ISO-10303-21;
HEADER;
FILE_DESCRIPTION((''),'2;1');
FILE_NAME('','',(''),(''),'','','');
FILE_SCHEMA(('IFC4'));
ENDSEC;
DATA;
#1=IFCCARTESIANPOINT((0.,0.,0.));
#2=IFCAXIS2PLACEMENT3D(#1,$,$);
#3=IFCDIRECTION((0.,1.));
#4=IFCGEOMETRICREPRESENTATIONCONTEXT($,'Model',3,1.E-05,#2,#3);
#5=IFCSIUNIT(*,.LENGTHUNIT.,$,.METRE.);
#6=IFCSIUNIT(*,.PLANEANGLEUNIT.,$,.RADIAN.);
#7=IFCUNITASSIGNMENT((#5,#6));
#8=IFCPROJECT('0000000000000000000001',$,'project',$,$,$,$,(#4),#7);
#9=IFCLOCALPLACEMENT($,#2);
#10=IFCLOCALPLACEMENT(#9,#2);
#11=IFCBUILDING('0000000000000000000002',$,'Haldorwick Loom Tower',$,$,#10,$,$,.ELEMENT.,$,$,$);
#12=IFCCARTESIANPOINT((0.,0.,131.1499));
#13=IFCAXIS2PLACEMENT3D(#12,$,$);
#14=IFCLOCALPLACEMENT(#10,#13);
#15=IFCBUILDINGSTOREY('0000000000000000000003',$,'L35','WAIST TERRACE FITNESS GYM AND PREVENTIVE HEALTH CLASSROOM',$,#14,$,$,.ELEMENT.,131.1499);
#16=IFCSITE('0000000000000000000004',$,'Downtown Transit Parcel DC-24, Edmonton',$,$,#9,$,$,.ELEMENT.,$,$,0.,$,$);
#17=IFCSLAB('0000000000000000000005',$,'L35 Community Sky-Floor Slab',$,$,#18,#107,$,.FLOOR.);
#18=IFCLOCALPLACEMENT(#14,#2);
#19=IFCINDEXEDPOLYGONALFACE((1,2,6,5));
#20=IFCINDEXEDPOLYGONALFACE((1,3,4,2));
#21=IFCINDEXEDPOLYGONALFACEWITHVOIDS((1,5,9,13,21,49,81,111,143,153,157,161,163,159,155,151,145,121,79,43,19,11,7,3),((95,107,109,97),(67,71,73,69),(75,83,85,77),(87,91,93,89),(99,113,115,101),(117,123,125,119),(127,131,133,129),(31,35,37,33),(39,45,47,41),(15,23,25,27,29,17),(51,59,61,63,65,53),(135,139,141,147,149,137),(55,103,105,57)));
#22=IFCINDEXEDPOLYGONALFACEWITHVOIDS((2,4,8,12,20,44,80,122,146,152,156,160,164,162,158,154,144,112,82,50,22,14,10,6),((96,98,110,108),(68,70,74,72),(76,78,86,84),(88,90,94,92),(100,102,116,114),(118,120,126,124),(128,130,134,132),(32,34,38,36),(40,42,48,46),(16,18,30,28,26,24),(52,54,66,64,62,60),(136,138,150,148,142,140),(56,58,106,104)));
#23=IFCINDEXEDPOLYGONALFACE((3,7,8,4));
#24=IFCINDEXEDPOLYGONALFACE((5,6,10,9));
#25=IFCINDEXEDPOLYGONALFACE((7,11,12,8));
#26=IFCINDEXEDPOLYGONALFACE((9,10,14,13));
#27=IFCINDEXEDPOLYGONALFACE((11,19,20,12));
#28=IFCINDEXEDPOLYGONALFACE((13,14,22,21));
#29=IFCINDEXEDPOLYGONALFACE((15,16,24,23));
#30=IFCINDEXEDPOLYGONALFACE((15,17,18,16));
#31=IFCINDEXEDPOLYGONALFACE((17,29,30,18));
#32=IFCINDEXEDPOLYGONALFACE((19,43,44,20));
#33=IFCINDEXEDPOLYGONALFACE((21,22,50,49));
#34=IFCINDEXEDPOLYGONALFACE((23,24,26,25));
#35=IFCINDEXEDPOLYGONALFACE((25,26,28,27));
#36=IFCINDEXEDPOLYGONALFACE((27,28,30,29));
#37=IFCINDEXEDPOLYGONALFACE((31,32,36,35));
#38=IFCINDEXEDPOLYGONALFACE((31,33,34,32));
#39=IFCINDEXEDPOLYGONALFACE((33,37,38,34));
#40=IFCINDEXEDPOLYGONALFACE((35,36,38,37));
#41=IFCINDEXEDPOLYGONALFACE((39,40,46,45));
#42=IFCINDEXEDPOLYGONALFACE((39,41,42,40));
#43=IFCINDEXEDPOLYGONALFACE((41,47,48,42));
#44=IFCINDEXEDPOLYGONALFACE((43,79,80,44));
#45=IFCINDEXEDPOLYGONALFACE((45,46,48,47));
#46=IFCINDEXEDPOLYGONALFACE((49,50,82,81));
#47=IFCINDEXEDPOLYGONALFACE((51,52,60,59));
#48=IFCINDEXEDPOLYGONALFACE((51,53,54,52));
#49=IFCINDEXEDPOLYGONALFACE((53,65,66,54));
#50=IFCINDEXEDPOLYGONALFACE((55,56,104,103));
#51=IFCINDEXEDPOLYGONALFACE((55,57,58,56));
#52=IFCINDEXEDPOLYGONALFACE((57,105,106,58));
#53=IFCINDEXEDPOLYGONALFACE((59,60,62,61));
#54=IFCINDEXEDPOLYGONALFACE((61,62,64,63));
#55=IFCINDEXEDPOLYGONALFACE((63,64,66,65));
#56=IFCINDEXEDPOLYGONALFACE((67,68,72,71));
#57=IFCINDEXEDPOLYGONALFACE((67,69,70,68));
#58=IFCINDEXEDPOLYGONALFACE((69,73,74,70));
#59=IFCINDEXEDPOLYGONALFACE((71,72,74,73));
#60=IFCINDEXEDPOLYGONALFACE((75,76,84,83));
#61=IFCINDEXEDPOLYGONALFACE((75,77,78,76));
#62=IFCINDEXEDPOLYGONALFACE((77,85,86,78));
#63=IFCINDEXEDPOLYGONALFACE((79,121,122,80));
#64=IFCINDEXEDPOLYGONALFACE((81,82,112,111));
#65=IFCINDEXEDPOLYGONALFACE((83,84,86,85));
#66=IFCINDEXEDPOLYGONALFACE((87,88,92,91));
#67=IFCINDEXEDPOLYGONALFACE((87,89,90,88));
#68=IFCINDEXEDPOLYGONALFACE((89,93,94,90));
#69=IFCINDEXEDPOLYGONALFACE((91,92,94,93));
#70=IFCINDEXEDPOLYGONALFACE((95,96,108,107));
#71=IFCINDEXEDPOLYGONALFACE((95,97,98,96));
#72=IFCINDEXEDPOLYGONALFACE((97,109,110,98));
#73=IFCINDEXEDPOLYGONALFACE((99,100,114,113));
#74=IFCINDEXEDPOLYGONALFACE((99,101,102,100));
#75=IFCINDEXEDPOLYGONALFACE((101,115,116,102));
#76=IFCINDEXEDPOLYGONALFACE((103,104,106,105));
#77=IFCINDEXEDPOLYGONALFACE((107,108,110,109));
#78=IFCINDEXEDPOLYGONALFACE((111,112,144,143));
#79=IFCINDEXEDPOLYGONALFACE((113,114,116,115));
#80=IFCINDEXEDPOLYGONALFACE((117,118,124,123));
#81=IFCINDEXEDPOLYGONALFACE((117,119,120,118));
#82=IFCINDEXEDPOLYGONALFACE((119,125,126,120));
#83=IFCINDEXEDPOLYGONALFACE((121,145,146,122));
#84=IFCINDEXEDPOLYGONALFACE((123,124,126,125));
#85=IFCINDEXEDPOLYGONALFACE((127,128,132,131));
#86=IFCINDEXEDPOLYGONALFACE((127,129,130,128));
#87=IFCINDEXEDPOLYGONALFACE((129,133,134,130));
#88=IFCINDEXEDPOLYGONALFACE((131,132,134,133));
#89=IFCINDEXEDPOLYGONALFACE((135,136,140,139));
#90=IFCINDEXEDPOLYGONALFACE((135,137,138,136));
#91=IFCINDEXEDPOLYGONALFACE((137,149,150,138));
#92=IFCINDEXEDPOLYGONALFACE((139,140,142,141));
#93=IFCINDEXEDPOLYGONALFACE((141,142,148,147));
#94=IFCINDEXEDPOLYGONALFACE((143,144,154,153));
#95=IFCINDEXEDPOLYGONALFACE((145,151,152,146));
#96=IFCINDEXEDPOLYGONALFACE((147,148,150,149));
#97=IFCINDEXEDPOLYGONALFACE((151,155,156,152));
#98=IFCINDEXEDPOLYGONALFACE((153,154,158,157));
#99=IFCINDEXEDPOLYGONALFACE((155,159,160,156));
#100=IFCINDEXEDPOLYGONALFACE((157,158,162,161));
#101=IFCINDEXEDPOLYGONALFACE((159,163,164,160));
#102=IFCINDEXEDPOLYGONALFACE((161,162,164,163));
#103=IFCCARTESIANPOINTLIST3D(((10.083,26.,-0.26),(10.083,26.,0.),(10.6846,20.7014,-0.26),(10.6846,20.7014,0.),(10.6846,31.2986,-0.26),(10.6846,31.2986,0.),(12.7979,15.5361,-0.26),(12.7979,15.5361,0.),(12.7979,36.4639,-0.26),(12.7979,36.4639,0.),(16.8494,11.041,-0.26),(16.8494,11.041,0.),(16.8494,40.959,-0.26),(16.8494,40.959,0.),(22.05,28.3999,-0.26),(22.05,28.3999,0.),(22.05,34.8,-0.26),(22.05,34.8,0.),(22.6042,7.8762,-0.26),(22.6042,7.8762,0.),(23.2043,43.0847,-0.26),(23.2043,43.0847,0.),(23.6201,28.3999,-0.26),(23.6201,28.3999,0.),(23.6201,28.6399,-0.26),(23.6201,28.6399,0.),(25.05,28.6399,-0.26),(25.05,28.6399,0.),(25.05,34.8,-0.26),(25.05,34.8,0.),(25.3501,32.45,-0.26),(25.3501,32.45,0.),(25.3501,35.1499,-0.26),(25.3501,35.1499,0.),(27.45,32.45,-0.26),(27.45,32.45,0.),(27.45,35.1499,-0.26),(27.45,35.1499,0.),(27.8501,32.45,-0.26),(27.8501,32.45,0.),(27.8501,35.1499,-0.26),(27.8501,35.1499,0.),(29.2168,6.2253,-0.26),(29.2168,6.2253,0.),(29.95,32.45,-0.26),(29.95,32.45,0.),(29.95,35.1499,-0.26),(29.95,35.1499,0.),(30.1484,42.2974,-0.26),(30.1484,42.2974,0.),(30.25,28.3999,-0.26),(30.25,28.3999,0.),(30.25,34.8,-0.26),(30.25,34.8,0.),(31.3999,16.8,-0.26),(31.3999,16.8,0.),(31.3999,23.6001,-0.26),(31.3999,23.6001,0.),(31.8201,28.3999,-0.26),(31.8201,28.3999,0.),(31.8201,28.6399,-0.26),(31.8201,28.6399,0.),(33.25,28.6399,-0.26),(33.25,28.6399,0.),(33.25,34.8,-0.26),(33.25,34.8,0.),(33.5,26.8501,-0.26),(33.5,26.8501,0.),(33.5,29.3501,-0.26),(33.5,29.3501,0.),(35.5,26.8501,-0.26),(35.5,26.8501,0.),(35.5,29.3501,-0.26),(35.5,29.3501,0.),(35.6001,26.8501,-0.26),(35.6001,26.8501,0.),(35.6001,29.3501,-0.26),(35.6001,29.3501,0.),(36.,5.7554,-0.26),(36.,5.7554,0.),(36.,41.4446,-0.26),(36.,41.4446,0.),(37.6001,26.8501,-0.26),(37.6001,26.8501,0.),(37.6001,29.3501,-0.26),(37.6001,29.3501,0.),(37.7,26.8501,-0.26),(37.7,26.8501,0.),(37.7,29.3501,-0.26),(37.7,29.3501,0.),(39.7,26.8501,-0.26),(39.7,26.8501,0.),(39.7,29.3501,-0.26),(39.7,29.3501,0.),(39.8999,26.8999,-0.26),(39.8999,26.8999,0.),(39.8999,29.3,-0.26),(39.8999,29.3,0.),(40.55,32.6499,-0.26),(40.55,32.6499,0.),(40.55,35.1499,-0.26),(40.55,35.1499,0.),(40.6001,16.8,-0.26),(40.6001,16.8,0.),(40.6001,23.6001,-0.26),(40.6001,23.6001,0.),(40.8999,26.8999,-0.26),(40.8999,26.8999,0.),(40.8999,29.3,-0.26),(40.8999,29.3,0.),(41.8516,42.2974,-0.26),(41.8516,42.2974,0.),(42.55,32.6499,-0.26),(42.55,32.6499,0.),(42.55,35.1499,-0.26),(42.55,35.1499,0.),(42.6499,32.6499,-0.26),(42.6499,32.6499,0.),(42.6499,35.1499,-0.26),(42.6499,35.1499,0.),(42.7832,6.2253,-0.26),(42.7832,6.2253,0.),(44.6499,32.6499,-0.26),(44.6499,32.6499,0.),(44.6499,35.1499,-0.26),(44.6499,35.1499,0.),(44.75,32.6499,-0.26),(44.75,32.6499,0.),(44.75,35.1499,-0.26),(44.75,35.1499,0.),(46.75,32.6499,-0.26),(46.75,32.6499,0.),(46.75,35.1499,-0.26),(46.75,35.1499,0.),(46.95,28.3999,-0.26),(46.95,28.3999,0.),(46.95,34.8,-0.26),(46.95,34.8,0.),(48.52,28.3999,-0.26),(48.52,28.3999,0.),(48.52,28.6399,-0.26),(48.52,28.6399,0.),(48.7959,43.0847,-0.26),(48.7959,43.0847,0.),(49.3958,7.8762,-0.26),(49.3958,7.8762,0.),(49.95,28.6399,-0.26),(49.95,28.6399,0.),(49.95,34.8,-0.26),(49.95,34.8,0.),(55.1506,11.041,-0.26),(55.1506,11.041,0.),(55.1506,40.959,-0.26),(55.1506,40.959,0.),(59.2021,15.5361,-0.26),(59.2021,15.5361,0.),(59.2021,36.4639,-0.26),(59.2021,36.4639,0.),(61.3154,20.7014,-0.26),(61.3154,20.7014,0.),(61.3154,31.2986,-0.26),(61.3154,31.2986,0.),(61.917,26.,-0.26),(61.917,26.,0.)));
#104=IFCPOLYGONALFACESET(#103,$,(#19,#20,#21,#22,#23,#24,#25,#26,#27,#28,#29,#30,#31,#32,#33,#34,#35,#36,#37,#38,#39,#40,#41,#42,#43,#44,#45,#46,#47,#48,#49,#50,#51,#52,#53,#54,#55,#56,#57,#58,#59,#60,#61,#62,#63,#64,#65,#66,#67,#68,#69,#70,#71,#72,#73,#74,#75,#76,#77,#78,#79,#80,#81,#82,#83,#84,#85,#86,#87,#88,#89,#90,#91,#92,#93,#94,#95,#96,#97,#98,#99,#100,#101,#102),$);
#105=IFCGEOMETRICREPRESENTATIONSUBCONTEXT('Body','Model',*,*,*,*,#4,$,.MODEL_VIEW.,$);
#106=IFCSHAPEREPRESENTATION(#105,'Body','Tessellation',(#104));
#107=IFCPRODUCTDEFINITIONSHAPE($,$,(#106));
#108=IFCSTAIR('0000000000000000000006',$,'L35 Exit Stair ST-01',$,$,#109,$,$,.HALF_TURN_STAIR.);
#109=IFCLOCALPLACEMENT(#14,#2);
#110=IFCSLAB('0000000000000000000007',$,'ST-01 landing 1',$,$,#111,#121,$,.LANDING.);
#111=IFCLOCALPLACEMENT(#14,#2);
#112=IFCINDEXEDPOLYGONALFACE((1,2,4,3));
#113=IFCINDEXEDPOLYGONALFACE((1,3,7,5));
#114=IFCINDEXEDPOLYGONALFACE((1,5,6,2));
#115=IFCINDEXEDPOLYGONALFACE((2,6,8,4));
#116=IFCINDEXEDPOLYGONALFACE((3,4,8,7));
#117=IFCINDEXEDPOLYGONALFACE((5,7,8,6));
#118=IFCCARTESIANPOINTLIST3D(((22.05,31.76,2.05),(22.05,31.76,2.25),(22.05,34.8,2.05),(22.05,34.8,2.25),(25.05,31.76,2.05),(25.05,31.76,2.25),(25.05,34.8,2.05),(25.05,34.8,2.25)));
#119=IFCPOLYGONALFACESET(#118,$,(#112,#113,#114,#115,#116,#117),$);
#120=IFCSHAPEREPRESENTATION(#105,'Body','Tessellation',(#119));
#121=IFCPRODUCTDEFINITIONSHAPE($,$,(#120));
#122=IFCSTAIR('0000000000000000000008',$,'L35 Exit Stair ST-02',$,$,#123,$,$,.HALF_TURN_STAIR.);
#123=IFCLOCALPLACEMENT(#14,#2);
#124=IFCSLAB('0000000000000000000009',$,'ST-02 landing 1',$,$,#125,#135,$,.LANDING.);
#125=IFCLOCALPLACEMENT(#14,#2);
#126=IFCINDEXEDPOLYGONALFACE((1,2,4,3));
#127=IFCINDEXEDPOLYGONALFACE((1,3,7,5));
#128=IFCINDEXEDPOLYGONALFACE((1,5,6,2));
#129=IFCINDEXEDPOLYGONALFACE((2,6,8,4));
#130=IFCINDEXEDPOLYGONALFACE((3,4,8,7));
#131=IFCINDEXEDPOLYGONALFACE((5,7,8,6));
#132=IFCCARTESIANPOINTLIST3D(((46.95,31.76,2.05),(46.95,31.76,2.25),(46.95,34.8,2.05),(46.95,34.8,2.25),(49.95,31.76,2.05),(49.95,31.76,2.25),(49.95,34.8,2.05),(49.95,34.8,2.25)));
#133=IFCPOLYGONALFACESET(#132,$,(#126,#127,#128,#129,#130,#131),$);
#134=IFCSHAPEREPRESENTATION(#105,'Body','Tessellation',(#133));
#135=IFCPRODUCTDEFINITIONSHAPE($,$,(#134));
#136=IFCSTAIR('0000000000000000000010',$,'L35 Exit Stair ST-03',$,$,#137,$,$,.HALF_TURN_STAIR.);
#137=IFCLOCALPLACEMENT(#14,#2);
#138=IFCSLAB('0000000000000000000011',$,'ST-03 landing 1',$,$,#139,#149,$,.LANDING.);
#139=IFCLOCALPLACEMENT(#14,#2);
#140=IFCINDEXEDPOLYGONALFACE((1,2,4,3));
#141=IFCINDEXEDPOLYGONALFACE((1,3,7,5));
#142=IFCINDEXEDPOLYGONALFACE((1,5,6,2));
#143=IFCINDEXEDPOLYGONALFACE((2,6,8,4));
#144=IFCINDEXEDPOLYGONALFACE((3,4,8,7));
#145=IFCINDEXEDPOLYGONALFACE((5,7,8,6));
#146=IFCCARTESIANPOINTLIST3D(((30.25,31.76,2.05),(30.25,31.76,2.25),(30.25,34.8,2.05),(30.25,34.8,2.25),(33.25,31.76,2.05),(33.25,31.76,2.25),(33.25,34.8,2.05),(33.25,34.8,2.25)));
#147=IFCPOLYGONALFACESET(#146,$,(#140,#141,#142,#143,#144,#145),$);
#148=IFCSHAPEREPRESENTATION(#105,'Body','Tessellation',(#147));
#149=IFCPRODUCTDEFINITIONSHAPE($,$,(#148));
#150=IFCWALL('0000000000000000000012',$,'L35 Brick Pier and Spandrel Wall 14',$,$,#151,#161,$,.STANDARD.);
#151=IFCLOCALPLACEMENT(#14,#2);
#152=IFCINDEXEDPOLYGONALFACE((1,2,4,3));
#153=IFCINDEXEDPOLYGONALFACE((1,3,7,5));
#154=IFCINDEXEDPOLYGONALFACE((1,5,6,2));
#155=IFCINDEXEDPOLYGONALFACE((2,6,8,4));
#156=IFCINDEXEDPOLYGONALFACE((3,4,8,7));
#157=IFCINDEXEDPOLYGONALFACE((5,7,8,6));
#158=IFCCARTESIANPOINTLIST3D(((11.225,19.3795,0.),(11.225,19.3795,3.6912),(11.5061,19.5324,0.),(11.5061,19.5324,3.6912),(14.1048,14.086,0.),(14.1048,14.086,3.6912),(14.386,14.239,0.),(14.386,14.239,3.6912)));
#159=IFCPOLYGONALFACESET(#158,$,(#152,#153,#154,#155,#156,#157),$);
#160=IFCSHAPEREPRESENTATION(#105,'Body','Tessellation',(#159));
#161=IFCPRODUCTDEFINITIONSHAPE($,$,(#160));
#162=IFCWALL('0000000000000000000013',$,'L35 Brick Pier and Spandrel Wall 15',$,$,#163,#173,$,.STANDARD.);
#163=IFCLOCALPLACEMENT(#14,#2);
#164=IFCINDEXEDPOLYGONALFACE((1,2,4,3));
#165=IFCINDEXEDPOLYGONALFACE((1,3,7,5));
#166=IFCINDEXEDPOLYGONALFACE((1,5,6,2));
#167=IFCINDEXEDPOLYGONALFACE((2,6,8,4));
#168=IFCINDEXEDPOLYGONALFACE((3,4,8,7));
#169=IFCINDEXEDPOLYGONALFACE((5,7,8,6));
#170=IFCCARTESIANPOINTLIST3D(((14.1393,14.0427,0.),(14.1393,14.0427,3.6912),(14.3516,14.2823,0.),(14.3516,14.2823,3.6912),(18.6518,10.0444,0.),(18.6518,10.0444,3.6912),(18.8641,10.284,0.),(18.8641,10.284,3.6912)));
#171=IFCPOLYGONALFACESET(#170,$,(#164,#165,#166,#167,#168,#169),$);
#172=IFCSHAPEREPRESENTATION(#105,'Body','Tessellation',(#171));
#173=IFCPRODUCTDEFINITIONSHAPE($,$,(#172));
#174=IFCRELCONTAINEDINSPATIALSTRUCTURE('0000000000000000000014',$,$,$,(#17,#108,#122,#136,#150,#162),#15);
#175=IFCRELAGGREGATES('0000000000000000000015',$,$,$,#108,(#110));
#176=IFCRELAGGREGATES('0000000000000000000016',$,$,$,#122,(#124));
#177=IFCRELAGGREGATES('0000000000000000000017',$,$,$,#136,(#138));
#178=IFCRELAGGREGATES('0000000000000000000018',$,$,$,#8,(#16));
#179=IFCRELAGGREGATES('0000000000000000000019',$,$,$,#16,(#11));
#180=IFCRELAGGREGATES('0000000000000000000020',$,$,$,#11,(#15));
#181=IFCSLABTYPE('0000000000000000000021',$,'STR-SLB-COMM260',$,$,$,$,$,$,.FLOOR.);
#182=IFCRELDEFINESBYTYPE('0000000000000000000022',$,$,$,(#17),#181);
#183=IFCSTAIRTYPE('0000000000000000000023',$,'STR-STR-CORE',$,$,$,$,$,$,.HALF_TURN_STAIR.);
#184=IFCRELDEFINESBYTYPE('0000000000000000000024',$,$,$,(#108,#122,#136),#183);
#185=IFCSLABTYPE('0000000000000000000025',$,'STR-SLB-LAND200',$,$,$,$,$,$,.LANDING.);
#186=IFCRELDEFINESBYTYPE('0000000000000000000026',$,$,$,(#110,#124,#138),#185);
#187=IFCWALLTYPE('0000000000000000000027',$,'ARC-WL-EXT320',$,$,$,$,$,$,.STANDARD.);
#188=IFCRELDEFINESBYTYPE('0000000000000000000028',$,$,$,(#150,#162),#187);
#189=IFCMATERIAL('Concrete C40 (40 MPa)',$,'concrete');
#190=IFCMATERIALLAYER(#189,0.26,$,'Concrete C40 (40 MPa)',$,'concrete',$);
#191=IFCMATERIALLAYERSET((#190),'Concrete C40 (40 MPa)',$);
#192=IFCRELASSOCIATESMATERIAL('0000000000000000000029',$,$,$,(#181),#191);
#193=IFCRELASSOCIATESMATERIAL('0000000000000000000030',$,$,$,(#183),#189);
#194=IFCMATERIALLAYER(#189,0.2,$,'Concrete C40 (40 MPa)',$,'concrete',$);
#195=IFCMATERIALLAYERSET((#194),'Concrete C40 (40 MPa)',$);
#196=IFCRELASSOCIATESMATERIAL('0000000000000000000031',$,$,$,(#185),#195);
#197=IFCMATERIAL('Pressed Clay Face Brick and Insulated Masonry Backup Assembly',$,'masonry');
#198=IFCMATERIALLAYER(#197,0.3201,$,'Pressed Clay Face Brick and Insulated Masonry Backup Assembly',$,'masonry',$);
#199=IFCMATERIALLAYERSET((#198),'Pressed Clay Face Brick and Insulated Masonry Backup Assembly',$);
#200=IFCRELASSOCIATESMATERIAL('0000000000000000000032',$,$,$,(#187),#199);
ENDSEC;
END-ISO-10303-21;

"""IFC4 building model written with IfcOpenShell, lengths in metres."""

from ifc_helpers import new_model, si_unit, direction, frame, frame_2d, origin, place, context, subcontext, project, spatial, polyline, rectangle, outline, extrude, material, layer, layer_set, type_object, element, aggregate, save


model = new_model("IFC4")

# Units and contexts
model_context = context("Model", 3, precision=1e-05, world=origin(), true_north=direction((0.0, 1.0)))
body_context = subcontext(model_context, "Body", "Model", "MODEL_VIEW")
ifc_project = project(units=[si_unit("LENGTHUNIT", "METRE"), si_unit("PLANEANGLEUNIT", "RADIAN")], contexts=[model_context])

# Site, building, storey
site_placement = place(None, origin())
site = spatial("IfcSite", under=ifc_project, at=site_placement, Name="Downtown Transit Parcel DC-24, Edmonton", CompositionType="ELEMENT", RefElevation=0.0)
building_placement = place(site_placement, origin())
building = spatial("IfcBuilding", under=site, at=building_placement, Name="Haldorwick Loom Tower", CompositionType="ELEMENT")
storey_placement = place(building_placement, frame((0.0, 0.0, 131.1499)))
storey = spatial("IfcBuildingStorey", under=building, at=storey_placement, Name="L35", Description="WAIST TERRACE FITNESS GYM AND PREVENTIVE HEALTH CLASSROOM", CompositionType="ELEMENT", Elevation=131.1499)

# Slab
ifc_material_1 = material(Name="Concrete C40 (40 MPa)", Category="concrete")
ifc_layer_1 = layer(ifc_material_1, 0.26, Name="Concrete C40 (40 MPa)", Category="concrete")
ifc_layer_set_1 = layer_set([ifc_layer_1], Name="Concrete C40 (40 MPa)")
slab_type_1 = type_object("IfcSlabType", Name="STR-SLB-COMM260", PredefinedType="FLOOR", material=ifc_layer_set_1)
slab_1_placement = place(storey_placement, frame((0.0, 0.0, -0.26)))
element("IfcSlab", 1, at=slab_1_placement, inside=storey, type_object=slab_type_1, Name="L35 Community Sky-Floor Slab", PredefinedType="FLOOR", context=body_context, shape_type="SweptSolid", body=[
    extrude(outline(polyline([(55.1506, 11.041), (59.2021, 15.5361), (61.3154, 20.7014), (61.917, 26.0), (61.3154, 31.2986), (59.2021, 36.4639), (55.1506, 40.959), (48.7959, 43.0847), (41.8516, 42.2974), (36.0, 41.4446), (30.1484, 42.2974), (23.2043, 43.0847), (16.8494, 40.959), (12.7979, 36.4639), (10.6846, 31.2986), (10.083, 26.0), (10.6846, 20.7014), (12.7979, 15.5361), (16.8494, 11.041), (22.6042, 7.8762), (29.2168, 6.2253), (36.0, 5.7554), (42.7832, 6.2253), (49.3958, 7.8762), (55.1506, 11.041)]), holes=[polyline([(31.3999, 16.8), (31.3999, 23.6001), (40.6001, 23.6001), (40.6001, 16.8), (31.3999, 16.8)]), polyline([(33.5, 26.8501), (33.5, 29.3501), (35.5, 29.3501), (35.5, 26.8501), (33.5, 26.8501)]), polyline([(35.6001, 26.8501), (35.6001, 29.3501), (37.6001, 29.3501), (37.6001, 26.8501), (35.6001, 26.8501)]), polyline([(23.6201, 28.3999), (22.05, 28.3999), (22.05, 34.8), (25.05, 34.8), (25.05, 28.6399), (23.6201, 28.6399), (23.6201, 28.3999)]), polyline([(30.25, 28.3999), (30.25, 34.8), (33.25, 34.8), (33.25, 28.6399), (31.8201, 28.6399), (31.8201, 28.3999), (30.25, 28.3999)]), polyline([(25.3501, 32.45), (25.3501, 35.1499), (27.45, 35.1499), (27.45, 32.45), (25.3501, 32.45)]), polyline([(29.95, 32.45), (27.8501, 32.45), (27.8501, 35.1499), (29.95, 35.1499), (29.95, 32.45)]), polyline([(37.7, 26.8501), (37.7, 29.3501), (39.7, 29.3501), (39.7, 26.8501), (37.7, 26.8501)]), polyline([(39.8999, 26.8999), (39.8999, 29.3), (40.8999, 29.3), (40.8999, 26.8999), (39.8999, 26.8999)]), polyline([(46.95, 28.3999), (46.95, 34.8), (49.95, 34.8), (49.95, 28.6399), (48.52, 28.6399), (48.52, 28.3999), (46.95, 28.3999)]), polyline([(40.55, 32.6499), (40.55, 35.1499), (42.55, 35.1499), (42.55, 32.6499), (40.55, 32.6499)]), polyline([(42.6499, 32.6499), (42.6499, 35.1499), (44.6499, 35.1499), (44.6499, 32.6499), (42.6499, 32.6499)]), polyline([(44.75, 32.6499), (44.75, 35.1499), (46.75, 35.1499), (46.75, 32.6499), (44.75, 32.6499)])]), origin(), (0.0, 0.0, 1.0), 0.26),
])

# Stairs, slabs
stair_type = type_object("IfcStairType", Name="STR-STR-CORE", PredefinedType="HALF_TURN_STAIR", material=ifc_material_1)
stair_1_placement = place(storey_placement, origin())
stair_1 = element("IfcStair", 2, at=stair_1_placement, inside=storey, type_object=stair_type, Name="L35 Exit Stair ST-01", PredefinedType="HALF_TURN_STAIR")
ifc_layer_2 = layer(ifc_material_1, 0.2, Name="Concrete C40 (40 MPa)", Category="concrete")
ifc_layer_set_2 = layer_set([ifc_layer_2], Name="Concrete C40 (40 MPa)")
slab_type_2 = type_object("IfcSlabType", Name="STR-SLB-LAND200", PredefinedType="LANDING", material=ifc_layer_set_2)
slab_2_placement = place(storey_placement, frame((0.0, 0.0, 2.05)))
slab_2 = element("IfcSlab", 3, at=slab_2_placement, type_object=slab_type_2, Name="ST-01 landing 1", PredefinedType="LANDING", context=body_context, shape_type="SweptSolid", body=[
    extrude(outline(polyline([(25.05, 31.76), (25.05, 34.8), (22.05, 34.8), (22.05, 31.76), (25.05, 31.76)])), origin(), (0.0, 0.0, 1.0), 0.2),
])
aggregate(stair_1, [slab_2])
stair_2_placement = place(storey_placement, origin())
stair_2 = element("IfcStair", 4, at=stair_2_placement, inside=storey, type_object=stair_type, Name="L35 Exit Stair ST-02", PredefinedType="HALF_TURN_STAIR")
slab_3_placement = place(storey_placement, frame((0.0, 0.0, 2.05)))
slab_3 = element("IfcSlab", 5, at=slab_3_placement, type_object=slab_type_2, Name="ST-02 landing 1", PredefinedType="LANDING", context=body_context, shape_type="SweptSolid", body=[
    extrude(outline(polyline([(49.95, 31.76), (49.95, 34.8), (46.95, 34.8), (46.95, 31.76), (49.95, 31.76)])), origin(), (0.0, 0.0, 1.0), 0.2),
])
aggregate(stair_2, [slab_3])
stair_3_placement = place(storey_placement, origin())
stair_3 = element("IfcStair", 6, at=stair_3_placement, inside=storey, type_object=stair_type, Name="L35 Exit Stair ST-03", PredefinedType="HALF_TURN_STAIR")
slab_4_placement = place(storey_placement, frame((0.0, 0.0, 2.05)))
slab_4 = element("IfcSlab", 7, at=slab_4_placement, type_object=slab_type_2, Name="ST-03 landing 1", PredefinedType="LANDING", context=body_context, shape_type="SweptSolid", body=[
    extrude(outline(polyline([(33.25, 31.76), (33.25, 34.8), (30.25, 34.8), (30.25, 31.76), (33.25, 31.76)])), origin(), (0.0, 0.0, 1.0), 0.2),
])
aggregate(stair_3, [slab_4])

# Walls
ifc_material_2 = material(Name="Pressed Clay Face Brick and Insulated Masonry Backup Assembly", Category="masonry")
ifc_layer_3 = layer(ifc_material_2, 0.3201, Name="Pressed Clay Face Brick and Insulated Masonry Backup Assembly", Category="masonry")
ifc_layer_set_3 = layer_set([ifc_layer_3], Name="Pressed Clay Face Brick and Insulated Masonry Backup Assembly")
wall_type_1 = type_object("IfcWallType", Name="ARC-WL-EXT320", PredefinedType="STANDARD", material=ifc_layer_set_3)
wall_1_placement = place(storey_placement, frame((11.3655, 19.4561, 0.0), z_axis=(0.0, 0.0, 1.0), x_axis=(0.477898, -0.878415, 0.0)))
element("IfcWall", 8, at=wall_1_placement, inside=storey, type_object=wall_type_1, Name="L35 Brick Pier and Spandrel Wall 14", PredefinedType="STANDARD", context=body_context, shape_type="SweptSolid", body=[
    extrude(rectangle(XDim=6.0261, YDim=0.3201, at=frame_2d((3.0132, 0.0))), origin(), (0.0, 0.0, 1.0), 3.6912),
])
wall_2_placement = place(storey_placement, frame((14.2454, 14.1626, 0.0), z_axis=(0.0, 0.0, 1.0), x_axis=(0.748461, -0.663179, 0.0)))
element("IfcWall", 9, at=wall_2_placement, inside=storey, type_object=wall_type_1, Name="L35 Brick Pier and Spandrel Wall 15", PredefinedType="STANDARD", context=body_context, shape_type="SweptSolid", body=[
    extrude(rectangle(XDim=6.0291, YDim=0.3201, at=frame_2d((3.0146, 0.0))), origin(), (0.0, 0.0, 1.0), 3.6912),
])

save(model, "model.ifc")
